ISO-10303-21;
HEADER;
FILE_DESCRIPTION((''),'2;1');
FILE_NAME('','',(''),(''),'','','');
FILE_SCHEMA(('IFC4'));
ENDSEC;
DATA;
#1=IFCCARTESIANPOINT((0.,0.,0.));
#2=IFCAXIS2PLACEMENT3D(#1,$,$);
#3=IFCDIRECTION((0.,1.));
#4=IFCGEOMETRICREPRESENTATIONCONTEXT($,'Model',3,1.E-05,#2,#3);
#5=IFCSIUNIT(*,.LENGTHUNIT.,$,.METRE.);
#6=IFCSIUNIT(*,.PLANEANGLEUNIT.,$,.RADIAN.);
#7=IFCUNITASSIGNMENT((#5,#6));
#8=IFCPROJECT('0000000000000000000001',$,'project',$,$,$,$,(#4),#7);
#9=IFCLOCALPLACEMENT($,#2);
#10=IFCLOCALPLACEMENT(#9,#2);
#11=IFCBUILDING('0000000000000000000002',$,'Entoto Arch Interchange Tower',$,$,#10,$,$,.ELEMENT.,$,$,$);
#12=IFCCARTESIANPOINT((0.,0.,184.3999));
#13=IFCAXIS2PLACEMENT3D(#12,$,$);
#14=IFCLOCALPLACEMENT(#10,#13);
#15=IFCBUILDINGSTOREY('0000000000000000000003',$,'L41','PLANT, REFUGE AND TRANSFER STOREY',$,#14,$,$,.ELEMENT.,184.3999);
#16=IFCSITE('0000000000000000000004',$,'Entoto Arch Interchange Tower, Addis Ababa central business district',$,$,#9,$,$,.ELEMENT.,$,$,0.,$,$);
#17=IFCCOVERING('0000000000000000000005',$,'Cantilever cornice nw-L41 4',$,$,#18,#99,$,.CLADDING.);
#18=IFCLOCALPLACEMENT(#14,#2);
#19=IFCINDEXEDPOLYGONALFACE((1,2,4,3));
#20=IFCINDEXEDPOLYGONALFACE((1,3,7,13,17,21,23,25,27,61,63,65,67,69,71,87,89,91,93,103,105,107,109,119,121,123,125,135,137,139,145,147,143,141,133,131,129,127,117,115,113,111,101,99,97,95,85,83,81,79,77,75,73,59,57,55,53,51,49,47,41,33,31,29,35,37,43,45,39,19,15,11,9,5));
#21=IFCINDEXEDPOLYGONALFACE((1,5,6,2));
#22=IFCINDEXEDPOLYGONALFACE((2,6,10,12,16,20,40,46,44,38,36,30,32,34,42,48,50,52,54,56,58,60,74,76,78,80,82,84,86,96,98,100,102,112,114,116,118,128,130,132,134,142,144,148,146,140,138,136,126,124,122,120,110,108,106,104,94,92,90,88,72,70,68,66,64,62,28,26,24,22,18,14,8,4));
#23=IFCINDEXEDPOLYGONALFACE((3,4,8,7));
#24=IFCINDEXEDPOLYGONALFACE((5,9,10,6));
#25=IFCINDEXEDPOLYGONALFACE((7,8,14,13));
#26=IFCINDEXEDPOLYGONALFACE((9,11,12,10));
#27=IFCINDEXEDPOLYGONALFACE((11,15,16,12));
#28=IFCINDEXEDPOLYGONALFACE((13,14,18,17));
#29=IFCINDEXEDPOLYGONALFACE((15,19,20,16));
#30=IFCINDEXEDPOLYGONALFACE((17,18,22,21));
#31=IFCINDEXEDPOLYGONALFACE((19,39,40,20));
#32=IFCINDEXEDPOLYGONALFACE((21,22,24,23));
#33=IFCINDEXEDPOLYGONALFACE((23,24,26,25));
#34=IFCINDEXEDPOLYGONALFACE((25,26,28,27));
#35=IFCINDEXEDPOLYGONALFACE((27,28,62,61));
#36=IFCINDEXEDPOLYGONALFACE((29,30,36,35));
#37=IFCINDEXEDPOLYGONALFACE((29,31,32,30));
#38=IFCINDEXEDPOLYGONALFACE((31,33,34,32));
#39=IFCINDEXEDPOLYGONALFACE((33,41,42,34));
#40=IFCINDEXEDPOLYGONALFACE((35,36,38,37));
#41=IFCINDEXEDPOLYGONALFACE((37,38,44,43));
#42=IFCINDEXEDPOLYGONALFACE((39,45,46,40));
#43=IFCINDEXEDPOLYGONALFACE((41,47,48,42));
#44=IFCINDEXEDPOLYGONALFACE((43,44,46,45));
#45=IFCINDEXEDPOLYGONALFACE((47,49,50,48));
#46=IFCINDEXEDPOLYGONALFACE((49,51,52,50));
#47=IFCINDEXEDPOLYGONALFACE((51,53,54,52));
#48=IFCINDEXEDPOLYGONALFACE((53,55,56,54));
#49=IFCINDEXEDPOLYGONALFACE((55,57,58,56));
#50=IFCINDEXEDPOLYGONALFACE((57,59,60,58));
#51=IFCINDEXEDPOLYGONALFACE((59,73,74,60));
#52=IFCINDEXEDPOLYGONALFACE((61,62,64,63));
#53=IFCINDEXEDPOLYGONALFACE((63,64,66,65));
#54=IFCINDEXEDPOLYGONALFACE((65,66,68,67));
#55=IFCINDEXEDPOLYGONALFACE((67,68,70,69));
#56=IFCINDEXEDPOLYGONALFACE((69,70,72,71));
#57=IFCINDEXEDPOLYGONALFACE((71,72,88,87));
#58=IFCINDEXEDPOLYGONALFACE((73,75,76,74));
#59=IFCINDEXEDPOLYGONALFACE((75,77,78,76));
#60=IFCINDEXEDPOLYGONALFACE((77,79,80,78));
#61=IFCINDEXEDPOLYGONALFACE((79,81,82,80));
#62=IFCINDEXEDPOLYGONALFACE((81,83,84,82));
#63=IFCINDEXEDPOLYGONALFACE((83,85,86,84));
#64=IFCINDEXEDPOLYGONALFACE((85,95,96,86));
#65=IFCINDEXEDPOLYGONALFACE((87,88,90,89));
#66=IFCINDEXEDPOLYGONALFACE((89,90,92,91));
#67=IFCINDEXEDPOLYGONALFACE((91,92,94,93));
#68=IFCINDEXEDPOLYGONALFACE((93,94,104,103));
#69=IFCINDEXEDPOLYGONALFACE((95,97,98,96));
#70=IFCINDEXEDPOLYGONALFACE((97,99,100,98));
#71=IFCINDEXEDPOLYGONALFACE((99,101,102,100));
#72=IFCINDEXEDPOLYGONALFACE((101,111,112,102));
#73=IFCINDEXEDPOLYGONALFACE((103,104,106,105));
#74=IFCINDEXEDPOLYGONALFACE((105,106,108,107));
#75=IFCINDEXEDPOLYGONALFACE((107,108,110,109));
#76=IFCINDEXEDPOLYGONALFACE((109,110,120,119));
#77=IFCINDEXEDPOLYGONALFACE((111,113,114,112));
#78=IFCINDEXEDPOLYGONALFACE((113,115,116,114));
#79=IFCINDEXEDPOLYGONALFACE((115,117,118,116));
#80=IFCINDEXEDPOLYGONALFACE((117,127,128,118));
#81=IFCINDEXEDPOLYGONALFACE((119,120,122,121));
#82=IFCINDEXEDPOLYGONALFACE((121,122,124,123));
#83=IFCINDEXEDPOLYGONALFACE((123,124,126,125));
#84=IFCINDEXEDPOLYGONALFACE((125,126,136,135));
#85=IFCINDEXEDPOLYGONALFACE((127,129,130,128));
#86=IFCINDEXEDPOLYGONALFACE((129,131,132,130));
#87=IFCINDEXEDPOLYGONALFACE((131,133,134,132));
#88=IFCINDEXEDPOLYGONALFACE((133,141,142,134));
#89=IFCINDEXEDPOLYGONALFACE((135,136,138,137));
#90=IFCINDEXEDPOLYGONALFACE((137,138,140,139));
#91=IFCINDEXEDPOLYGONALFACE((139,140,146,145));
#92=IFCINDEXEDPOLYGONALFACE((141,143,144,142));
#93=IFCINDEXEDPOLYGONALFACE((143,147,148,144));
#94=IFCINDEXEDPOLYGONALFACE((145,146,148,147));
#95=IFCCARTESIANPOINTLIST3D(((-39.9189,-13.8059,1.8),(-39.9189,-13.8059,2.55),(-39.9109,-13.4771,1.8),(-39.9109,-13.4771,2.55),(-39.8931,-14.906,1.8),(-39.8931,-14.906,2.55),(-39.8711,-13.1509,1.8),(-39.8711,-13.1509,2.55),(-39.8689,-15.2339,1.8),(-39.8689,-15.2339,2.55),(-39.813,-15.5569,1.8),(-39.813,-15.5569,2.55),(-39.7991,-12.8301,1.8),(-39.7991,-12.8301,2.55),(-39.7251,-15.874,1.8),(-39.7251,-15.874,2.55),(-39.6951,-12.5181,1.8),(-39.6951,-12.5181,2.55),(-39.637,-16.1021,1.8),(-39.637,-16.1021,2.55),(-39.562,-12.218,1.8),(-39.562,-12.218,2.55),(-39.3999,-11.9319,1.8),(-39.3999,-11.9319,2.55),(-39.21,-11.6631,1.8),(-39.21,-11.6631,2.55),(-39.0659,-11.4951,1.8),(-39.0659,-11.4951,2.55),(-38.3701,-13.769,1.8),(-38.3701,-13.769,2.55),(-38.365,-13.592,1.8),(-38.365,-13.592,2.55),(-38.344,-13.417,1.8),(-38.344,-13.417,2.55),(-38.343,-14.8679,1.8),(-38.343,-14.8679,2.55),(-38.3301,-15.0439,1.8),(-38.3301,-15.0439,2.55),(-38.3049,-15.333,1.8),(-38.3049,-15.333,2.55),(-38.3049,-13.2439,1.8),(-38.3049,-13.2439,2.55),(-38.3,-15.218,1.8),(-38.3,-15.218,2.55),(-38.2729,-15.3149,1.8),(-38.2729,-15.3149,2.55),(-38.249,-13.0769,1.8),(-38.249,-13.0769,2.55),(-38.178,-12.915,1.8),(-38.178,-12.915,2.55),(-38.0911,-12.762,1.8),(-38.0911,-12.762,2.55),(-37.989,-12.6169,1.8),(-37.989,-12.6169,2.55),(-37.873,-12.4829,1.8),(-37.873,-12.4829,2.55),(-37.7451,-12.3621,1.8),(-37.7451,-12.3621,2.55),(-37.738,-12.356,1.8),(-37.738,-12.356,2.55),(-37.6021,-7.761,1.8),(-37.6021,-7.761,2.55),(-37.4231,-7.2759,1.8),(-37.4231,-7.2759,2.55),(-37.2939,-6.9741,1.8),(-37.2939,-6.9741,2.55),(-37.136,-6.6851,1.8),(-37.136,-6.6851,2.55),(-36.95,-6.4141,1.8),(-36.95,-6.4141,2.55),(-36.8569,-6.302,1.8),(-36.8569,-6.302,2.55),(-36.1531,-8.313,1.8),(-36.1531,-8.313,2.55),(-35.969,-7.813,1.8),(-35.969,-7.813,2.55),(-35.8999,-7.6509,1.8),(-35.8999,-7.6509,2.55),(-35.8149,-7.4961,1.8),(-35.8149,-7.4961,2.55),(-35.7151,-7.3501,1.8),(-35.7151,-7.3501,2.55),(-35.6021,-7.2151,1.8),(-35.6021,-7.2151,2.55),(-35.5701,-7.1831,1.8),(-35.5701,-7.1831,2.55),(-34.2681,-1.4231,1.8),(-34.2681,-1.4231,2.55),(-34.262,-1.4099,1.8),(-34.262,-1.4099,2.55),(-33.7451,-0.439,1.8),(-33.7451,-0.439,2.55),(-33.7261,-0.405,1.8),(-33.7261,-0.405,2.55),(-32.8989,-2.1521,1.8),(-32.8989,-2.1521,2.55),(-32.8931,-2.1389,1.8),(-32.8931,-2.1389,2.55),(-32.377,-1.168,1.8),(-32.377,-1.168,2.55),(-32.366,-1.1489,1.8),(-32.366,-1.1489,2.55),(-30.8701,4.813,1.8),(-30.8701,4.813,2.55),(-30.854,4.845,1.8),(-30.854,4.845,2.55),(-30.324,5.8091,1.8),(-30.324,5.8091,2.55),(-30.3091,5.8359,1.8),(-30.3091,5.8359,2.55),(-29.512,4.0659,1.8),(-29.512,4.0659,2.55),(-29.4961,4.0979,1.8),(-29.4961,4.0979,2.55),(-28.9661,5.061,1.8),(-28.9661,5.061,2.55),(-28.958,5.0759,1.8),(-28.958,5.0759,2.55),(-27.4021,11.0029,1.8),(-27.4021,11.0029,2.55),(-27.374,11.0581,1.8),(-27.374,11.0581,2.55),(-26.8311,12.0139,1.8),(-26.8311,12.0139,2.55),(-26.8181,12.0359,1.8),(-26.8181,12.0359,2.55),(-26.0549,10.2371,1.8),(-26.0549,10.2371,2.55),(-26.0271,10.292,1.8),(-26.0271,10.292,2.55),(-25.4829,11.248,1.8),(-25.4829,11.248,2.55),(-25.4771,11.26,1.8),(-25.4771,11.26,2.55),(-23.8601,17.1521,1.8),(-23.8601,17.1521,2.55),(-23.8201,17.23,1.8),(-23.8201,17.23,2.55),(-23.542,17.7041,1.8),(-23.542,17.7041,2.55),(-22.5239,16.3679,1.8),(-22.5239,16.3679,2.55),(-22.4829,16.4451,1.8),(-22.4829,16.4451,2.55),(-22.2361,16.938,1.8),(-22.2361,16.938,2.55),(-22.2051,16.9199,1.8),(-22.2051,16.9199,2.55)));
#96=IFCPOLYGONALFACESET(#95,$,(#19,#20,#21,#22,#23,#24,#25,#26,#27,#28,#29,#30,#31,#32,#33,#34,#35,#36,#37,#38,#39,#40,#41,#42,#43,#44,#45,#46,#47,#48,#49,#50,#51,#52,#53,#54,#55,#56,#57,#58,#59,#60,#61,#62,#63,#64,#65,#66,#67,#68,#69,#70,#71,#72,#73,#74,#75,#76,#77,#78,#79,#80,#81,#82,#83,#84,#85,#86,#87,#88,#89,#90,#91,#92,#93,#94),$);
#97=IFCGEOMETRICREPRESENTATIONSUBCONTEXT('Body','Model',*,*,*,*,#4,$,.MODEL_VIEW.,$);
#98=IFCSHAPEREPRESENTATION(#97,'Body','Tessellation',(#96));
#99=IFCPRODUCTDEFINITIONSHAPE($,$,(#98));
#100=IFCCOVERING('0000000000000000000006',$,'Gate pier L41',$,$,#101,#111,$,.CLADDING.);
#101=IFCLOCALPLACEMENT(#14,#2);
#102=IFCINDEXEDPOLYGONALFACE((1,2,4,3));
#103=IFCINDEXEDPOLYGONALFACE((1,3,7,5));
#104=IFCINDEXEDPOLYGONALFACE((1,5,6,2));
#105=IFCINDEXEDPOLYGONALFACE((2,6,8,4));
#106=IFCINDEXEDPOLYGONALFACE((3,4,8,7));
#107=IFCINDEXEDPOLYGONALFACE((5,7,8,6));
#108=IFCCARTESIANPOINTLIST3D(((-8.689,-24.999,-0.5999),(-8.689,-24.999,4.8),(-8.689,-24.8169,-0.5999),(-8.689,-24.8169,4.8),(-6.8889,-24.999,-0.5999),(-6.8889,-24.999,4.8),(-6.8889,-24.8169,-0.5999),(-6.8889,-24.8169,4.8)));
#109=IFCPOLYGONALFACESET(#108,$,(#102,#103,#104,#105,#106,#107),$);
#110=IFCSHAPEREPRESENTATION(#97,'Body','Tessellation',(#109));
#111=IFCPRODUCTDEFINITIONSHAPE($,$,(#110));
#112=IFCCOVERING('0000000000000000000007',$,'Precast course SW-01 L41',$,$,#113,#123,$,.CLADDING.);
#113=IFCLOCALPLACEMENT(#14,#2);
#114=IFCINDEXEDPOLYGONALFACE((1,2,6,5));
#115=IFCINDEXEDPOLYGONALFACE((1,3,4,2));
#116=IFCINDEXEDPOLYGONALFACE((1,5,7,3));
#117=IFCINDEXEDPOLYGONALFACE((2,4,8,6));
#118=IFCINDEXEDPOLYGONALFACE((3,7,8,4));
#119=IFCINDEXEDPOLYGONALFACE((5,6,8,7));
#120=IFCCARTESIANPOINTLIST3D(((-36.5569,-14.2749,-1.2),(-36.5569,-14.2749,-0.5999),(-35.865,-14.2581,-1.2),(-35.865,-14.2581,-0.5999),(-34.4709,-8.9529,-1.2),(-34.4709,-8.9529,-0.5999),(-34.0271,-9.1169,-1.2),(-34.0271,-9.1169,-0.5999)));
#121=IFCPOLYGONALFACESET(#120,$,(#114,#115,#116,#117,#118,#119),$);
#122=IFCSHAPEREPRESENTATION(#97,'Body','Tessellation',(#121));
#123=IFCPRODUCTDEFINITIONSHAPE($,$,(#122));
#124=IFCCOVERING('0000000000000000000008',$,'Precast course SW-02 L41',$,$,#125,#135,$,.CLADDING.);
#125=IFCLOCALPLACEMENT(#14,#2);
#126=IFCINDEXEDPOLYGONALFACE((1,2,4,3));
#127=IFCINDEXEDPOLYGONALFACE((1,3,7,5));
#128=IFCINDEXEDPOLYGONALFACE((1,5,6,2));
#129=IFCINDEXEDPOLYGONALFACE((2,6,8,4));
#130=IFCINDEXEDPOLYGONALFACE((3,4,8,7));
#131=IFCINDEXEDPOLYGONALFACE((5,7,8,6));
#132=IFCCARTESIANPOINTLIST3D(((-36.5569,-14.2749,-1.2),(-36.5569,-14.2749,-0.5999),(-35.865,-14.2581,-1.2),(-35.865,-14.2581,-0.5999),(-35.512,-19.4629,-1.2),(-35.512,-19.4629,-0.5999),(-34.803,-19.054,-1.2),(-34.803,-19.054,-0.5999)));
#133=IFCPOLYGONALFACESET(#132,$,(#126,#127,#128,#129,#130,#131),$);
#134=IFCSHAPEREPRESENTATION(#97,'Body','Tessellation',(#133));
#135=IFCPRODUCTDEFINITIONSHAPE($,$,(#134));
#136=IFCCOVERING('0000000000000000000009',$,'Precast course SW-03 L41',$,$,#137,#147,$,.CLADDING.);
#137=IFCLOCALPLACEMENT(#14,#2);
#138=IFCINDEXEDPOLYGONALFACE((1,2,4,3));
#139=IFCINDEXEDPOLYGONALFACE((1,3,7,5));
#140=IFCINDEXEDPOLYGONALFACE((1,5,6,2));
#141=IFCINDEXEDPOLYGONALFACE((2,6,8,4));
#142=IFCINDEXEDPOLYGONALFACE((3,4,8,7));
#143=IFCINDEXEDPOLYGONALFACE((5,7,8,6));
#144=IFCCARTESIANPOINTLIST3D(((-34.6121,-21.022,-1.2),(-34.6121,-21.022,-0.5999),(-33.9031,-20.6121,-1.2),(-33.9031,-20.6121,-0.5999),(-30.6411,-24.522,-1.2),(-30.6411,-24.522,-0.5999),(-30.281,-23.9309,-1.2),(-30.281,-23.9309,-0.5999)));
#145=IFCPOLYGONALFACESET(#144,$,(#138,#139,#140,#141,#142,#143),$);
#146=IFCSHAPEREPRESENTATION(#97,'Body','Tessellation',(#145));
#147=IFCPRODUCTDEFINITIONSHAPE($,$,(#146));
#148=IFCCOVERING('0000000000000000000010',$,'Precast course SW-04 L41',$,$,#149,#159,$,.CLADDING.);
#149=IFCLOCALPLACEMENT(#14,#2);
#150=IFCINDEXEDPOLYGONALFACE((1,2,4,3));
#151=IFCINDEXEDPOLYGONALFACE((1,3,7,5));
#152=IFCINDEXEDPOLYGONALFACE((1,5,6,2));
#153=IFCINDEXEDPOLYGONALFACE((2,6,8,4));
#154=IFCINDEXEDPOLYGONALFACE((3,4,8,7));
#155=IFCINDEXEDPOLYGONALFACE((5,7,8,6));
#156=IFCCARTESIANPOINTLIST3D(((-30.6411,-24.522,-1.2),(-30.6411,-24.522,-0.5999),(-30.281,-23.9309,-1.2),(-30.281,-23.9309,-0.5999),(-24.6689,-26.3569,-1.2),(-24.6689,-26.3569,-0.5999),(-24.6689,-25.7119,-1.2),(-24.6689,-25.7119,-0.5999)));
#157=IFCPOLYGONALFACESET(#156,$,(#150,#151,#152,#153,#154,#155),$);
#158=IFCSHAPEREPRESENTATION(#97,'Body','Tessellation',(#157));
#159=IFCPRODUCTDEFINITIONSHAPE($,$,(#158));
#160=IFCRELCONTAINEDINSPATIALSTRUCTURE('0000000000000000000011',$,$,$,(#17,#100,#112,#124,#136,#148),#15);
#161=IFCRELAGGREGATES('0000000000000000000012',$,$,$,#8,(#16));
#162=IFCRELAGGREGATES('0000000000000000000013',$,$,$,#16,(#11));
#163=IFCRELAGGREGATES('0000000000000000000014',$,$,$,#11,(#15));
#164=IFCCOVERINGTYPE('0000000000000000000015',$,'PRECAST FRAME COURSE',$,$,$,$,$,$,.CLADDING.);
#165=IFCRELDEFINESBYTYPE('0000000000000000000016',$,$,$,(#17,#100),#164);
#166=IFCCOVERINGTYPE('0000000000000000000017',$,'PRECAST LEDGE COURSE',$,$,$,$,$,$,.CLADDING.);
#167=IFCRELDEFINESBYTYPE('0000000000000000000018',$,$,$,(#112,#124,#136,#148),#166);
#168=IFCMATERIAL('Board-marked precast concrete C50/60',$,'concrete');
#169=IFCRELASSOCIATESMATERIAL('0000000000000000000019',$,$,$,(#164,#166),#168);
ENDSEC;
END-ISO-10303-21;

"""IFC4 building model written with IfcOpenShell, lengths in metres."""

from ifc_helpers import new_model, si_unit, direction, frame, origin, place, context, subcontext, project, spatial, polyline, outline, extrude, material, type_object, element, save


model = new_model("IFC4")

# Units and contexts
model_context = context("Model", 3, precision=1e-05, world=origin(), true_north=direction((0.0, 1.0)))
body_context = subcontext(model_context, "Body", "Model", "MODEL_VIEW")
ifc_project = project(units=[si_unit("LENGTHUNIT", "METRE"), si_unit("PLANEANGLEUNIT", "RADIAN")], contexts=[model_context])

# Site, building, storey
site_placement = place(None, origin())
site = spatial("IfcSite", under=ifc_project, at=site_placement, Name="Entoto Arch Interchange Tower, Addis Ababa central business district", CompositionType="ELEMENT", RefElevation=0.0)
building_placement = place(site_placement, origin())
building = spatial("IfcBuilding", under=site, at=building_placement, Name="Entoto Arch Interchange Tower", CompositionType="ELEMENT")
storey_placement = place(building_placement, frame((0.0, 0.0, 184.3999)))
storey = spatial("IfcBuildingStorey", under=building, at=storey_placement, Name="L41", Description="PLANT, REFUGE AND TRANSFER STOREY", CompositionType="ELEMENT", Elevation=184.3999)

# Coverings
ifc_material_1 = material(Name="Board-marked precast concrete C50/60", Category="concrete")
covering_type_1 = type_object("IfcCoveringType", Name="PRECAST FRAME COURSE", PredefinedType="CLADDING", material=ifc_material_1)
covering_1_placement = place(storey_placement, frame((0.0, 0.0, 1.8)))
element("IfcCovering", 1, at=covering_1_placement, inside=storey, type_object=covering_type_1, Name="Cantilever cornice nw-L41 4", PredefinedType="CLADDING", context=body_context, shape_type="SweptSolid", body=[
    extrude(outline(polyline([(-22.2361, 16.938), (-22.2051, 16.9199), (-22.4829, 16.4451), (-22.5239, 16.3679), (-25.4771, 11.26), (-25.4829, 11.248), (-26.0271, 10.292), (-26.0549, 10.2371), (-28.958, 5.0759), (-28.9661, 5.061), (-29.4961, 4.0979), (-29.512, 4.0659), (-32.366, -1.1489), (-32.377, -1.168), (-32.8931, -2.1389), (-32.8989, -2.1521), (-35.5701, -7.1831), (-35.6021, -7.2151), (-35.7151, -7.3501), (-35.8149, -7.4961), (-35.8999, -7.6509), (-35.969, -7.813), (-36.1531, -8.313), (-37.738, -12.356), (-37.7451, -12.3621), (-37.873, -12.4829), (-37.989, -12.6169), (-38.0911, -12.762), (-38.178, -12.915), (-38.249, -13.0769), (-38.3049, -13.2439), (-38.344, -13.417), (-38.365, -13.592), (-38.3701, -13.769), (-38.343, -14.8679), (-38.3301, -15.0439), (-38.3, -15.218), (-38.2729, -15.3149), (-38.3049, -15.333), (-39.637, -16.1021), (-39.7251, -15.874), (-39.813, -15.5569), (-39.8689, -15.2339), (-39.8931, -14.906), (-39.9189, -13.8059), (-39.9109, -13.4771), (-39.8711, -13.1509), (-39.7991, -12.8301), (-39.6951, -12.5181), (-39.562, -12.218), (-39.3999, -11.9319), (-39.21, -11.6631), (-39.0659, -11.4951), (-37.6021, -7.761), (-37.4231, -7.2759), (-37.2939, -6.9741), (-37.136, -6.6851), (-36.95, -6.4141), (-36.8569, -6.302), (-34.2681, -1.4231), (-34.262, -1.4099), (-33.7451, -0.439), (-33.7261, -0.405), (-30.8701, 4.813), (-30.854, 4.845), (-30.324, 5.8091), (-30.3091, 5.8359), (-27.4021, 11.0029), (-27.374, 11.0581), (-26.8311, 12.0139), (-26.8181, 12.0359), (-23.8601, 17.1521), (-23.8201, 17.23), (-23.542, 17.7041), (-22.2361, 16.938)])), origin(), (0.0, 0.0, 1.0), 0.75),
])
covering_2_placement = place(storey_placement, frame((0.0, 0.0, -0.5999)))
element("IfcCovering", 2, at=covering_2_placement, inside=storey, type_object=covering_type_1, Name="Gate pier L41", PredefinedType="CLADDING", context=body_context, shape_type="SweptSolid", body=[
    extrude(outline(polyline([(-8.689, -24.8169), (-6.8889, -24.8169), (-6.8889, -24.999), (-8.689, -24.999), (-8.689, -24.8169)])), origin(), (0.0, 0.0, 1.0), 5.3999),
])
covering_type_2 = type_object("IfcCoveringType", Name="PRECAST LEDGE COURSE", PredefinedType="CLADDING", material=ifc_material_1)
covering_3_placement = place(storey_placement, frame((0.0, 0.0, -1.2)))
element("IfcCovering", 3, at=covering_3_placement, inside=storey, type_object=covering_type_2, Name="Precast course SW-01 L41", PredefinedType="CLADDING", context=body_context, shape_type="SweptSolid", body=[
    extrude(outline(polyline([(-35.865, -14.2581), (-36.5569, -14.2749), (-34.4709, -8.9529), (-34.0271, -9.1169), (-35.865, -14.2581)])), origin(), (0.0, 0.0, 1.0), 0.6001),
])
covering_4_placement = place(storey_placement, frame((0.0, 0.0, -1.2)))
element("IfcCovering", 4, at=covering_4_placement, inside=storey, type_object=covering_type_2, Name="Precast course SW-02 L41", PredefinedType="CLADDING", context=body_context, shape_type="SweptSolid", body=[
    extrude(outline(polyline([(-34.803, -19.054), (-35.512, -19.4629), (-36.5569, -14.2749), (-35.865, -14.2581), (-34.803, -19.054)])), origin(), (0.0, 0.0, 1.0), 0.6001),
])
covering_5_placement = place(storey_placement, frame((0.0, 0.0, -1.2)))
element("IfcCovering", 5, at=covering_5_placement, inside=storey, type_object=covering_type_2, Name="Precast course SW-03 L41", PredefinedType="CLADDING", context=body_context, shape_type="SweptSolid", body=[
    extrude(outline(polyline([(-30.281, -23.9309), (-30.6411, -24.522), (-34.6121, -21.022), (-33.9031, -20.6121), (-30.281, -23.9309)])), origin(), (0.0, 0.0, 1.0), 0.6001),
])
covering_6_placement = place(storey_placement, frame((0.0, 0.0, -1.2)))
element("IfcCovering", 6, at=covering_6_placement, inside=storey, type_object=covering_type_2, Name="Precast course SW-04 L41", PredefinedType="CLADDING", context=body_context, shape_type="SweptSolid", body=[
    extrude(outline(polyline([(-24.6689, -25.7119), (-24.6689, -26.3569), (-30.6411, -24.522), (-30.281, -23.9309), (-24.6689, -25.7119)])), origin(), (0.0, 0.0, 1.0), 0.6001),
])

save(model, "model.ifc")
